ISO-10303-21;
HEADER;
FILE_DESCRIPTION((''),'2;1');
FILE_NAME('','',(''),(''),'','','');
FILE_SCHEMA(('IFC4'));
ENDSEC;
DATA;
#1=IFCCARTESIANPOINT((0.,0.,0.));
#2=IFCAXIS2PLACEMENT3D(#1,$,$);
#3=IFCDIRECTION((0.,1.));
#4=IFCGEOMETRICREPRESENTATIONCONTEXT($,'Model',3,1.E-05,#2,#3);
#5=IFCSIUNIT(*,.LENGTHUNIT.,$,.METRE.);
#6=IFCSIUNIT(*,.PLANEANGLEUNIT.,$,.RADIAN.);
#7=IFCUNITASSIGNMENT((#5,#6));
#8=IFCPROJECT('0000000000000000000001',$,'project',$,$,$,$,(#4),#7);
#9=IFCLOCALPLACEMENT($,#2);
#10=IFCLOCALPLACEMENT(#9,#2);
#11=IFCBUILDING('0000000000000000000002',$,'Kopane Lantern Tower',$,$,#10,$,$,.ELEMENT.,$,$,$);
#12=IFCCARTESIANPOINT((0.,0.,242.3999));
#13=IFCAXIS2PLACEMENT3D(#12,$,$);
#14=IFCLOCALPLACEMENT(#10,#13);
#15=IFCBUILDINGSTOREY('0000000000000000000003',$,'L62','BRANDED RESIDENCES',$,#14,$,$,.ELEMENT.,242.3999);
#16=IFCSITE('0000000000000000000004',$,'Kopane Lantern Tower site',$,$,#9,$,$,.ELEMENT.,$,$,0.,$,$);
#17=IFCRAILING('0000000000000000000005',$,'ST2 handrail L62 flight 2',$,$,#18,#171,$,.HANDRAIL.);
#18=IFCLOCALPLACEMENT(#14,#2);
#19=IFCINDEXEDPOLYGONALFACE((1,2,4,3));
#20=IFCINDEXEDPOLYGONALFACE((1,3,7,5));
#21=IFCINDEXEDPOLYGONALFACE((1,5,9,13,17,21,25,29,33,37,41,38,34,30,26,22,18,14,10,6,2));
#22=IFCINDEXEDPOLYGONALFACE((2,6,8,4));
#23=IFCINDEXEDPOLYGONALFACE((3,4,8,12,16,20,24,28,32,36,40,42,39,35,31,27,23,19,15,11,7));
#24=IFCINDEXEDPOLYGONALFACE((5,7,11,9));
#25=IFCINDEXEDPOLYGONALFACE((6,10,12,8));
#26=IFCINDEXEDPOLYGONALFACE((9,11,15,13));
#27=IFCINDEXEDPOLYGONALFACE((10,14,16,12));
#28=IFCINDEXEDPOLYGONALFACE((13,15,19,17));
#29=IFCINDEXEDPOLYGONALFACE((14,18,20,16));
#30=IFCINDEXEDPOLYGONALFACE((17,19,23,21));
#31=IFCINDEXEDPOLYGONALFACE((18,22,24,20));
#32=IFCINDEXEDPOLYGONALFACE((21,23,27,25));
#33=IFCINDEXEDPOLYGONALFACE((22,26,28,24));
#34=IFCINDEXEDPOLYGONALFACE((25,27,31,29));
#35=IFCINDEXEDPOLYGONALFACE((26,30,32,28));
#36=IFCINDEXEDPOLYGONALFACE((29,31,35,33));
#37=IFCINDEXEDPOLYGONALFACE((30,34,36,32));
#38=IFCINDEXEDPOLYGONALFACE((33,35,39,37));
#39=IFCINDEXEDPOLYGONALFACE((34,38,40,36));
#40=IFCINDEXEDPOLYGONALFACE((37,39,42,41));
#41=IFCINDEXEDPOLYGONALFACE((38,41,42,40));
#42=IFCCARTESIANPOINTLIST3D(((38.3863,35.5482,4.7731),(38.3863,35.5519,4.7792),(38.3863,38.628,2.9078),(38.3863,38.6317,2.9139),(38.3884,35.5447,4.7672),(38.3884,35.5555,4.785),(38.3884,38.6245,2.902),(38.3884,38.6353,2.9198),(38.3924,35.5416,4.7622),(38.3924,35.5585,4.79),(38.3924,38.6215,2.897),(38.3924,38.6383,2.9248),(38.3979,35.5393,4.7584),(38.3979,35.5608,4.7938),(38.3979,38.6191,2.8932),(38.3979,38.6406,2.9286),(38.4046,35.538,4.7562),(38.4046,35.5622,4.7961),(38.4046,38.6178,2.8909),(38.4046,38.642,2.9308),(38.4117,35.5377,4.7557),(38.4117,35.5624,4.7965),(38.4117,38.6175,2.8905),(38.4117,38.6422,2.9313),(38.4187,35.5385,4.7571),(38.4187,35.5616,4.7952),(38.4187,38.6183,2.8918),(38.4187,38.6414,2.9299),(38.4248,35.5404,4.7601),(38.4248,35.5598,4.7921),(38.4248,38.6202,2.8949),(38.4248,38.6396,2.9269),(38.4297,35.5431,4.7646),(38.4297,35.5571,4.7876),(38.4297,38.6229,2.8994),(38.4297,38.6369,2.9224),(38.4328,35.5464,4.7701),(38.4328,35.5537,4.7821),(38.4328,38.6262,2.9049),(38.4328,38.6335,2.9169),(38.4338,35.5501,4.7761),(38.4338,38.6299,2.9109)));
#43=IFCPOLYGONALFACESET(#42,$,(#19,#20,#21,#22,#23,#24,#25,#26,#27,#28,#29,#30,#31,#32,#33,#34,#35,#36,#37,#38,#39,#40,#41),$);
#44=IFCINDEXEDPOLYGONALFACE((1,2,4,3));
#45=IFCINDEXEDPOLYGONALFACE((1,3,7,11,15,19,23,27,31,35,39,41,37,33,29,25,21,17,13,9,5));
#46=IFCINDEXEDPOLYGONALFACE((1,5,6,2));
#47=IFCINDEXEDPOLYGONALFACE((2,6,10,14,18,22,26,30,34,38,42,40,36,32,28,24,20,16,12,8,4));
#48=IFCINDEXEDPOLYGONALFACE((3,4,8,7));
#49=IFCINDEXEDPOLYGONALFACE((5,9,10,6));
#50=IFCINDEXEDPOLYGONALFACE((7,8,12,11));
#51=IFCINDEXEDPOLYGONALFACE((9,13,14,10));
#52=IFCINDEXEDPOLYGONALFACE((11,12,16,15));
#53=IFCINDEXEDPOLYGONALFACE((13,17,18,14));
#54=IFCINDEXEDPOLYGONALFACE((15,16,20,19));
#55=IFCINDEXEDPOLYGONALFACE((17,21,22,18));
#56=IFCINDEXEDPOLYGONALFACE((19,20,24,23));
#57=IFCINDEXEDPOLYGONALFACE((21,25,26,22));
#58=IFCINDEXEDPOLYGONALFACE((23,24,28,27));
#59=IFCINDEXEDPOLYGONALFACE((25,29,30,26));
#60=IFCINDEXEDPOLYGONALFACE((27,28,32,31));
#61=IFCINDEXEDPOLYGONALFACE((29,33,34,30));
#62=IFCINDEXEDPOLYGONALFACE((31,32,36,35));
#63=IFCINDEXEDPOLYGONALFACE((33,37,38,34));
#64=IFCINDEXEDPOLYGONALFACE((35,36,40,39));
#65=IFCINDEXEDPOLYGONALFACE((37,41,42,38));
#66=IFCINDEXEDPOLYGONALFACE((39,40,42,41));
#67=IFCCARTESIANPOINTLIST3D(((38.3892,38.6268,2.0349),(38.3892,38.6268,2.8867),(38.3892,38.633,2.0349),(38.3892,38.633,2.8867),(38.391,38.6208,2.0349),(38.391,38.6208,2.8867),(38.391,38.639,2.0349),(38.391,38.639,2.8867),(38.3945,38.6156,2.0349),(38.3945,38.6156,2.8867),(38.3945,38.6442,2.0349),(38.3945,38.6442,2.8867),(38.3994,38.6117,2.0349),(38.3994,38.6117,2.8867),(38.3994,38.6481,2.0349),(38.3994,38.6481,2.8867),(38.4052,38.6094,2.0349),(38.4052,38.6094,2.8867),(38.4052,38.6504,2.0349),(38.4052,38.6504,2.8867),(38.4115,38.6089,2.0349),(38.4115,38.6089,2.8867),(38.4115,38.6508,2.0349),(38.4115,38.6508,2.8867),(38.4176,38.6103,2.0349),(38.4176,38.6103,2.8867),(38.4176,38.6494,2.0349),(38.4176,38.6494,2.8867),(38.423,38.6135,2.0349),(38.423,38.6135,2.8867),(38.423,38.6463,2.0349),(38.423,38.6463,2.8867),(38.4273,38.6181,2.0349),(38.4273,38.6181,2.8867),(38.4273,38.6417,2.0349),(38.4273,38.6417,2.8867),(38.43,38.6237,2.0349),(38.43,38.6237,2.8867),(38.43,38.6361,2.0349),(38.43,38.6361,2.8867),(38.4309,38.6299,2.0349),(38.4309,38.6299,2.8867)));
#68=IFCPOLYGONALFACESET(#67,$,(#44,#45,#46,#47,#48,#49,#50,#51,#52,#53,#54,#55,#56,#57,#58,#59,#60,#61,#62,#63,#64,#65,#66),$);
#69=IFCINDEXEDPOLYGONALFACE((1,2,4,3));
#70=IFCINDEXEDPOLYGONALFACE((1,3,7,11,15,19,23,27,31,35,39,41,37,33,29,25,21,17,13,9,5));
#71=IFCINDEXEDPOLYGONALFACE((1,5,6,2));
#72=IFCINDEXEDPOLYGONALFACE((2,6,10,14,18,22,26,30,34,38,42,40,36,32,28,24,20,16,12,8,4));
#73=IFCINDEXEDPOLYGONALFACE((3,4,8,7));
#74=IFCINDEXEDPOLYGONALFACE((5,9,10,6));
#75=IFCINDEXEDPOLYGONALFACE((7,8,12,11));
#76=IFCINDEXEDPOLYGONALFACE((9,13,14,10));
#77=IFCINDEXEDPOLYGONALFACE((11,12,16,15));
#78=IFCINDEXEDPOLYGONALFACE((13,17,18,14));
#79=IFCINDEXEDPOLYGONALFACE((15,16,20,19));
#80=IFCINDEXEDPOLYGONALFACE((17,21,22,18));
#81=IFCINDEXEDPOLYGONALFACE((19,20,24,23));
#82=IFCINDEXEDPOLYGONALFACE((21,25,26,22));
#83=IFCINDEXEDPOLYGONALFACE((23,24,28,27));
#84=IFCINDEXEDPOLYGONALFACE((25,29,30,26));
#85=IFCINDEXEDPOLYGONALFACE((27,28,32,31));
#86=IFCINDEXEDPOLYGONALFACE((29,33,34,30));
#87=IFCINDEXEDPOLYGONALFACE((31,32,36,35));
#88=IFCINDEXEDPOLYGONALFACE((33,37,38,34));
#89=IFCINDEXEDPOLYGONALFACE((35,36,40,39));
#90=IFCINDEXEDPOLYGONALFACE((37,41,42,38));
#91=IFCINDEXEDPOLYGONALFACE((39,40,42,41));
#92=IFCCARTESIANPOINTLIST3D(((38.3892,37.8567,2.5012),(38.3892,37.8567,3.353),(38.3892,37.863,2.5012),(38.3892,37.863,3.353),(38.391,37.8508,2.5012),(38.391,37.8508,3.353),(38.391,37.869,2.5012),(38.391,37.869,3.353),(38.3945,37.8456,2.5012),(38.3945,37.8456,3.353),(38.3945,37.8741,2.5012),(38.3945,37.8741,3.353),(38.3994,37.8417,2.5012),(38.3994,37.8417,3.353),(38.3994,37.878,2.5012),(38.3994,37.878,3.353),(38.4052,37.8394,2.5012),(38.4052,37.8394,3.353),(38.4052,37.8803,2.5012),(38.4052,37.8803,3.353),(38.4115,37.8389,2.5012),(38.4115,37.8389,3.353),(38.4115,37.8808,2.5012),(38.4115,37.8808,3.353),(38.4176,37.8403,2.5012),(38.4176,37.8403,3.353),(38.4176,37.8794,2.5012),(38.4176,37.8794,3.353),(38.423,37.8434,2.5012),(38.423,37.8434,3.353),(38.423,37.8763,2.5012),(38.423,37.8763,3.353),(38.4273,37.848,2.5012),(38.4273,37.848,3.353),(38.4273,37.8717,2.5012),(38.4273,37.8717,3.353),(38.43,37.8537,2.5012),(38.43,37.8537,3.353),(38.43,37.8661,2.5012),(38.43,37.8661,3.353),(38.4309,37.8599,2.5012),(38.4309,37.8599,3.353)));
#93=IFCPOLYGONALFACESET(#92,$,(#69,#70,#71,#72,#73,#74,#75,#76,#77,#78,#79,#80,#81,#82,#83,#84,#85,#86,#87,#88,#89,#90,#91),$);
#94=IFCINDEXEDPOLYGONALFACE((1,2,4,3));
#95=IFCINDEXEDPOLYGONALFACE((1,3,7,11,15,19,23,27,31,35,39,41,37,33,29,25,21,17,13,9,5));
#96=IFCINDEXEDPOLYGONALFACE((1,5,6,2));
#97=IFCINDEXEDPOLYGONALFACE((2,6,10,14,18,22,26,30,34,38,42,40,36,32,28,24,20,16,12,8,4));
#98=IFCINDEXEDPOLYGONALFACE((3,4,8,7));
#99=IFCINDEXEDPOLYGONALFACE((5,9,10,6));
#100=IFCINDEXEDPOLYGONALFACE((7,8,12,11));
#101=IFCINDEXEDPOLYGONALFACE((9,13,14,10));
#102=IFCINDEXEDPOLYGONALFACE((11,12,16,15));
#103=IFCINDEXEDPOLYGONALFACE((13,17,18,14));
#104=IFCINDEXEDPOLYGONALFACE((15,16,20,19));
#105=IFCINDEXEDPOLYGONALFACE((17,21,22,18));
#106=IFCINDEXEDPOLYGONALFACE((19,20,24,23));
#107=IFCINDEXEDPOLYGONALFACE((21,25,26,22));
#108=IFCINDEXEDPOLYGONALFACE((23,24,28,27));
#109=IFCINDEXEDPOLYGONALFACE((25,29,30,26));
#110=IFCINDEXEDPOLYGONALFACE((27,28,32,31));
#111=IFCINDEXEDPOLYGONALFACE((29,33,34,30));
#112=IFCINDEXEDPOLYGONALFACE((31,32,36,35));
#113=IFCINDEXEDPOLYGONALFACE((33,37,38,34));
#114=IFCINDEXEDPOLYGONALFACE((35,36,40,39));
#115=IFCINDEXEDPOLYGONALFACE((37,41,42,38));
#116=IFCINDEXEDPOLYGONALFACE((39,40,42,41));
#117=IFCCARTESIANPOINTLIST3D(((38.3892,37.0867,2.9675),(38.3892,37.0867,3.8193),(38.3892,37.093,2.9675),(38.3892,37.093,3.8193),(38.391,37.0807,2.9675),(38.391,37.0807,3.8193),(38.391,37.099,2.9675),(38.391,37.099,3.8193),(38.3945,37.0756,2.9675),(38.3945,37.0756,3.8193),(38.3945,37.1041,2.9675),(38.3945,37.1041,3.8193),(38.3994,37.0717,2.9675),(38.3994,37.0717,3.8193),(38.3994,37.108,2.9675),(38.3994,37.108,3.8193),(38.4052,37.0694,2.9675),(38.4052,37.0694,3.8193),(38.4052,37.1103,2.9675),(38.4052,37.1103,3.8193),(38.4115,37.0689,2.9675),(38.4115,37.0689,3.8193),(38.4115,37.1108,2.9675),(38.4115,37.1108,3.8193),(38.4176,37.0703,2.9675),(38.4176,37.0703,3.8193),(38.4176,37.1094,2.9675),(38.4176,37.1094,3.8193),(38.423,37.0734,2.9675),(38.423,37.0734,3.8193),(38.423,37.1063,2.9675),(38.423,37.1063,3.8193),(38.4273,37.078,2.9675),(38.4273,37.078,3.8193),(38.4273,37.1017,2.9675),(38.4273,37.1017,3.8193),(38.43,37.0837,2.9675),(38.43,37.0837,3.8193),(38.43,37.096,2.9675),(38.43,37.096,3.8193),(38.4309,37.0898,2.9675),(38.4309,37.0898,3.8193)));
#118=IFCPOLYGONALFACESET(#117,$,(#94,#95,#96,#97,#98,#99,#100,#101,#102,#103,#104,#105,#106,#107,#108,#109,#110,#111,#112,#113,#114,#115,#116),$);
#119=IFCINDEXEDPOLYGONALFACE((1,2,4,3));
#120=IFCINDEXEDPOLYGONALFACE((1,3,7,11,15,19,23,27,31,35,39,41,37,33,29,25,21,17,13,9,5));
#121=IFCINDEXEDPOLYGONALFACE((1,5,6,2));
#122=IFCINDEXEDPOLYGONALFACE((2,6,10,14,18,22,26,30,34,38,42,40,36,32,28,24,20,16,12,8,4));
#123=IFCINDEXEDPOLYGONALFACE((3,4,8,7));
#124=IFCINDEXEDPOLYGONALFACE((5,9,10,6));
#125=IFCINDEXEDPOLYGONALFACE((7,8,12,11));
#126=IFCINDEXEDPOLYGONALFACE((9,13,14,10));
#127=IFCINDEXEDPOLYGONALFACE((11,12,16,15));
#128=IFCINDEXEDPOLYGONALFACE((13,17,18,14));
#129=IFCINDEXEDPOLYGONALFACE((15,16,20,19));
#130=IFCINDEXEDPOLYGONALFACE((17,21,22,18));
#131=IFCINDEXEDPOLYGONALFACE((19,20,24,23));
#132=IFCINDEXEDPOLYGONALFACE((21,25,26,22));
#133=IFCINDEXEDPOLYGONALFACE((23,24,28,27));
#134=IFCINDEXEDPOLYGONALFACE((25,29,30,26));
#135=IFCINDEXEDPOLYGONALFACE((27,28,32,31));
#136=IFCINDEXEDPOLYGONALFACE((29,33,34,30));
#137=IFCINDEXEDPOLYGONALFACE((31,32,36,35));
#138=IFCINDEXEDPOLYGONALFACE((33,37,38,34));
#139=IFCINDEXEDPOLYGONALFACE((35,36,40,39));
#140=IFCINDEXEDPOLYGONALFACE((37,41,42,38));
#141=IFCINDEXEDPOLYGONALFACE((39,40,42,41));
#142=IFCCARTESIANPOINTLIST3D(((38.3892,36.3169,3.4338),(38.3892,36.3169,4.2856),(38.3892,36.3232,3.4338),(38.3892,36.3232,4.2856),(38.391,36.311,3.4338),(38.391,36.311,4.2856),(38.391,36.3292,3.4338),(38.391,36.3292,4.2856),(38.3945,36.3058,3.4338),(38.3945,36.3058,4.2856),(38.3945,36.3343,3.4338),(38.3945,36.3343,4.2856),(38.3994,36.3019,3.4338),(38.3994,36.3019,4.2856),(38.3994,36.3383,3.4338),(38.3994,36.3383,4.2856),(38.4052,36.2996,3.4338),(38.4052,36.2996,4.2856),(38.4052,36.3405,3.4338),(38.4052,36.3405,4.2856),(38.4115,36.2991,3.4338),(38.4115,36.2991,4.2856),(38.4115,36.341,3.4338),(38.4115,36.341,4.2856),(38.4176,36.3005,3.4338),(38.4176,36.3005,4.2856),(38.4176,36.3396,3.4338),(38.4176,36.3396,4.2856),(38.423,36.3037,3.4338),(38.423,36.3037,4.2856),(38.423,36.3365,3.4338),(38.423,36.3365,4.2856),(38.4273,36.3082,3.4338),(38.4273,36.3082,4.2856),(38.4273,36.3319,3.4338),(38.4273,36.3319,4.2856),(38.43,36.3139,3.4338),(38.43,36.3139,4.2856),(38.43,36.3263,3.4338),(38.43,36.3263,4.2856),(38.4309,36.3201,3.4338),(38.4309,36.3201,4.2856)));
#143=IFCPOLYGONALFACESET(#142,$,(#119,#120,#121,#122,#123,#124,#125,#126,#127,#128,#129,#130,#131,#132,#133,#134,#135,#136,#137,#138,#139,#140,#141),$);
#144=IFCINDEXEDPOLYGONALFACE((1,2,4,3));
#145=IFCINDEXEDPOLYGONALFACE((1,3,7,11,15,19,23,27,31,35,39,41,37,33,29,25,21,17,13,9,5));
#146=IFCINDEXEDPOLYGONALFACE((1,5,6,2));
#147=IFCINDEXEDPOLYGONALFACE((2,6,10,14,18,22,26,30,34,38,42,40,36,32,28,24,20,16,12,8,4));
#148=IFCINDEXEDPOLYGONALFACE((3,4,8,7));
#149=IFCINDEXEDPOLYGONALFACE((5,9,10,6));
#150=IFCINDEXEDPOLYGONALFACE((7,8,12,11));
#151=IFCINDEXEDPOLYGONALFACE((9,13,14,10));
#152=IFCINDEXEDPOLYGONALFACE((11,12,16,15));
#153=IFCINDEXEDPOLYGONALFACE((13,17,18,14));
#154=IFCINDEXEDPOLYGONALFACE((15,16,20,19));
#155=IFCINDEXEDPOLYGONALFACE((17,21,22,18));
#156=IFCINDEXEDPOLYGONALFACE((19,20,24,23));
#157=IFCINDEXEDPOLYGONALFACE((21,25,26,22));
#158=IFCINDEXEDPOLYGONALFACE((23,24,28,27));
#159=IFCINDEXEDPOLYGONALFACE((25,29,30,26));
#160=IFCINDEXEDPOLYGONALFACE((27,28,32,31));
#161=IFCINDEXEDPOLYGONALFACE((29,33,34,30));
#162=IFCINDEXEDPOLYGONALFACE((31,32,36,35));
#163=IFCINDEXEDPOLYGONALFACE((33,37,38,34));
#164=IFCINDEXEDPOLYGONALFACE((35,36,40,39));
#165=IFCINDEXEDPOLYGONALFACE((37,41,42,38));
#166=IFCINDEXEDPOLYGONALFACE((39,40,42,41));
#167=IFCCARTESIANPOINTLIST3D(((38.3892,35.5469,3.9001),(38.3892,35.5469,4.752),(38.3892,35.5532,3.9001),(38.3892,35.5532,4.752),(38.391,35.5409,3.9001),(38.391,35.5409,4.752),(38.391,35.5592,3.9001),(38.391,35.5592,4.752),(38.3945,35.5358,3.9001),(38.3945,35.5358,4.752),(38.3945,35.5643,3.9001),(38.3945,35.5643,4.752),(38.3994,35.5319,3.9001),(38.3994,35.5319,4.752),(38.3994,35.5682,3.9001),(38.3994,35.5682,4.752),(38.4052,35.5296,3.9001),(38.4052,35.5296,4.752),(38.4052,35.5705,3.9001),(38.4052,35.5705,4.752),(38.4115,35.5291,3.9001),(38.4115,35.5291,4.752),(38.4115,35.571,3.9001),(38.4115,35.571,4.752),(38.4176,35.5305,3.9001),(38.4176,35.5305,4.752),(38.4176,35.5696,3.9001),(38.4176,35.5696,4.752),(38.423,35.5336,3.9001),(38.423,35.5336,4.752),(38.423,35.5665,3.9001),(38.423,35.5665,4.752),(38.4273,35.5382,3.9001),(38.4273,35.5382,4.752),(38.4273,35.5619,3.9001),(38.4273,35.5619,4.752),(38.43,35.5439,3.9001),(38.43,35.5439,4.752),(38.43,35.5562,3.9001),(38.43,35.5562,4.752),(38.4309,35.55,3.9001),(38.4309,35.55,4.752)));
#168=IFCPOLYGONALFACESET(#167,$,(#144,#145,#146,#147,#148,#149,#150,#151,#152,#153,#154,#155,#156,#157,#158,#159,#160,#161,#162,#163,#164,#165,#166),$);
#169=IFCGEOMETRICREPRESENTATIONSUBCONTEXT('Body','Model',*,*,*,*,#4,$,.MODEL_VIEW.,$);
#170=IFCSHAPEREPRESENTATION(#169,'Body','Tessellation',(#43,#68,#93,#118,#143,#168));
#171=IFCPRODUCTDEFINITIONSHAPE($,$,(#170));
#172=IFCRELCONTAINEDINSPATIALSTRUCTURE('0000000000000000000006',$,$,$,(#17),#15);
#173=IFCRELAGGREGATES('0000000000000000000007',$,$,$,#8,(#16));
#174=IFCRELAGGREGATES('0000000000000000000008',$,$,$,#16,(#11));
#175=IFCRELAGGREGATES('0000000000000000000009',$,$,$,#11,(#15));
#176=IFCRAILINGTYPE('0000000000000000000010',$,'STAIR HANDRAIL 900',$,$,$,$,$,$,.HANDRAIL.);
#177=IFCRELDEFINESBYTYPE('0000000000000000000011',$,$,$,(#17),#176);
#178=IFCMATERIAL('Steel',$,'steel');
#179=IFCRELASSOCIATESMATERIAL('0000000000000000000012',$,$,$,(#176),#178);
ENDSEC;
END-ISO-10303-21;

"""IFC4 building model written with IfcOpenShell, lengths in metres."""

from ifc_helpers import new_model, si_unit, direction, frame, origin, origin_2d, place, context, subcontext, project, spatial, circle, extrude, material, type_object, element, save


model = new_model("IFC4")

# Units and contexts
model_context = context("Model", 3, precision=1e-05, world=origin(), true_north=direction((0.0, 1.0)))
body_context = subcontext(model_context, "Body", "Model", "MODEL_VIEW")
ifc_project = project(units=[si_unit("LENGTHUNIT", "METRE"), si_unit("PLANEANGLEUNIT", "RADIAN")], contexts=[model_context])

# Site, building, storey
site_placement = place(None, origin())
site = spatial("IfcSite", under=ifc_project, at=site_placement, Name="Kopane Lantern Tower site", CompositionType="ELEMENT", RefElevation=0.0)
building_placement = place(site_placement, origin())
building = spatial("IfcBuilding", under=site, at=building_placement, Name="Kopane Lantern Tower", CompositionType="ELEMENT")
storey_placement = place(building_placement, frame((0.0, 0.0, 242.3999)))
storey = spatial("IfcBuildingStorey", under=building, at=storey_placement, Name="L62", Description="BRANDED RESIDENCES", CompositionType="ELEMENT", Elevation=242.3999)

# Railing
ifc_material_1 = material(Name="Steel", Category="steel")
railing_type_1 = type_object("IfcRailingType", Name="STAIR HANDRAIL 900", PredefinedType="HANDRAIL", material=ifc_material_1)
for number, where, name in (
    (1, (38.4099, 38.6299, 2.0349), "ST2 handrail L62 flight 2"),
):
    element("IfcRailing", number, at=place(storey_placement, frame(where)), inside=storey, type_object=railing_type_1, Name=name, PredefinedType="HANDRAIL", context=body_context, shape_type="SweptSolid", body=[
        extrude(circle(Radius=0.0239, at=origin_2d()), frame((0.0, 0.0, 0.876), z_axis=(0.0, -0.855362, 0.518031), x_axis=(1.0, 0.0, 0.0)), (0.0, 0.0, 1.0), 3.6006),
        extrude(circle(Radius=0.021, at=origin_2d()), origin(), (0.0, 0.0, 1.0), 0.8518),
        extrude(circle(Radius=0.021, at=origin_2d()), frame((0.0, -0.77, 0.4663)), (0.0, 0.0, 1.0), 0.8518),
        extrude(circle(Radius=0.021, at=origin_2d()), frame((0.0, -1.54, 0.9326)), (0.0, 0.0, 1.0), 0.8518),
        extrude(circle(Radius=0.021, at=origin_2d()), frame((0.0, -2.3098, 1.3989)), (0.0, 0.0, 1.0), 0.8518),
        extrude(circle(Radius=0.021, at=origin_2d()), frame((0.0, -3.0798, 1.8652)), (0.0, 0.0, 1.0), 0.8518),
    ])

save(model, "model.ifc")
